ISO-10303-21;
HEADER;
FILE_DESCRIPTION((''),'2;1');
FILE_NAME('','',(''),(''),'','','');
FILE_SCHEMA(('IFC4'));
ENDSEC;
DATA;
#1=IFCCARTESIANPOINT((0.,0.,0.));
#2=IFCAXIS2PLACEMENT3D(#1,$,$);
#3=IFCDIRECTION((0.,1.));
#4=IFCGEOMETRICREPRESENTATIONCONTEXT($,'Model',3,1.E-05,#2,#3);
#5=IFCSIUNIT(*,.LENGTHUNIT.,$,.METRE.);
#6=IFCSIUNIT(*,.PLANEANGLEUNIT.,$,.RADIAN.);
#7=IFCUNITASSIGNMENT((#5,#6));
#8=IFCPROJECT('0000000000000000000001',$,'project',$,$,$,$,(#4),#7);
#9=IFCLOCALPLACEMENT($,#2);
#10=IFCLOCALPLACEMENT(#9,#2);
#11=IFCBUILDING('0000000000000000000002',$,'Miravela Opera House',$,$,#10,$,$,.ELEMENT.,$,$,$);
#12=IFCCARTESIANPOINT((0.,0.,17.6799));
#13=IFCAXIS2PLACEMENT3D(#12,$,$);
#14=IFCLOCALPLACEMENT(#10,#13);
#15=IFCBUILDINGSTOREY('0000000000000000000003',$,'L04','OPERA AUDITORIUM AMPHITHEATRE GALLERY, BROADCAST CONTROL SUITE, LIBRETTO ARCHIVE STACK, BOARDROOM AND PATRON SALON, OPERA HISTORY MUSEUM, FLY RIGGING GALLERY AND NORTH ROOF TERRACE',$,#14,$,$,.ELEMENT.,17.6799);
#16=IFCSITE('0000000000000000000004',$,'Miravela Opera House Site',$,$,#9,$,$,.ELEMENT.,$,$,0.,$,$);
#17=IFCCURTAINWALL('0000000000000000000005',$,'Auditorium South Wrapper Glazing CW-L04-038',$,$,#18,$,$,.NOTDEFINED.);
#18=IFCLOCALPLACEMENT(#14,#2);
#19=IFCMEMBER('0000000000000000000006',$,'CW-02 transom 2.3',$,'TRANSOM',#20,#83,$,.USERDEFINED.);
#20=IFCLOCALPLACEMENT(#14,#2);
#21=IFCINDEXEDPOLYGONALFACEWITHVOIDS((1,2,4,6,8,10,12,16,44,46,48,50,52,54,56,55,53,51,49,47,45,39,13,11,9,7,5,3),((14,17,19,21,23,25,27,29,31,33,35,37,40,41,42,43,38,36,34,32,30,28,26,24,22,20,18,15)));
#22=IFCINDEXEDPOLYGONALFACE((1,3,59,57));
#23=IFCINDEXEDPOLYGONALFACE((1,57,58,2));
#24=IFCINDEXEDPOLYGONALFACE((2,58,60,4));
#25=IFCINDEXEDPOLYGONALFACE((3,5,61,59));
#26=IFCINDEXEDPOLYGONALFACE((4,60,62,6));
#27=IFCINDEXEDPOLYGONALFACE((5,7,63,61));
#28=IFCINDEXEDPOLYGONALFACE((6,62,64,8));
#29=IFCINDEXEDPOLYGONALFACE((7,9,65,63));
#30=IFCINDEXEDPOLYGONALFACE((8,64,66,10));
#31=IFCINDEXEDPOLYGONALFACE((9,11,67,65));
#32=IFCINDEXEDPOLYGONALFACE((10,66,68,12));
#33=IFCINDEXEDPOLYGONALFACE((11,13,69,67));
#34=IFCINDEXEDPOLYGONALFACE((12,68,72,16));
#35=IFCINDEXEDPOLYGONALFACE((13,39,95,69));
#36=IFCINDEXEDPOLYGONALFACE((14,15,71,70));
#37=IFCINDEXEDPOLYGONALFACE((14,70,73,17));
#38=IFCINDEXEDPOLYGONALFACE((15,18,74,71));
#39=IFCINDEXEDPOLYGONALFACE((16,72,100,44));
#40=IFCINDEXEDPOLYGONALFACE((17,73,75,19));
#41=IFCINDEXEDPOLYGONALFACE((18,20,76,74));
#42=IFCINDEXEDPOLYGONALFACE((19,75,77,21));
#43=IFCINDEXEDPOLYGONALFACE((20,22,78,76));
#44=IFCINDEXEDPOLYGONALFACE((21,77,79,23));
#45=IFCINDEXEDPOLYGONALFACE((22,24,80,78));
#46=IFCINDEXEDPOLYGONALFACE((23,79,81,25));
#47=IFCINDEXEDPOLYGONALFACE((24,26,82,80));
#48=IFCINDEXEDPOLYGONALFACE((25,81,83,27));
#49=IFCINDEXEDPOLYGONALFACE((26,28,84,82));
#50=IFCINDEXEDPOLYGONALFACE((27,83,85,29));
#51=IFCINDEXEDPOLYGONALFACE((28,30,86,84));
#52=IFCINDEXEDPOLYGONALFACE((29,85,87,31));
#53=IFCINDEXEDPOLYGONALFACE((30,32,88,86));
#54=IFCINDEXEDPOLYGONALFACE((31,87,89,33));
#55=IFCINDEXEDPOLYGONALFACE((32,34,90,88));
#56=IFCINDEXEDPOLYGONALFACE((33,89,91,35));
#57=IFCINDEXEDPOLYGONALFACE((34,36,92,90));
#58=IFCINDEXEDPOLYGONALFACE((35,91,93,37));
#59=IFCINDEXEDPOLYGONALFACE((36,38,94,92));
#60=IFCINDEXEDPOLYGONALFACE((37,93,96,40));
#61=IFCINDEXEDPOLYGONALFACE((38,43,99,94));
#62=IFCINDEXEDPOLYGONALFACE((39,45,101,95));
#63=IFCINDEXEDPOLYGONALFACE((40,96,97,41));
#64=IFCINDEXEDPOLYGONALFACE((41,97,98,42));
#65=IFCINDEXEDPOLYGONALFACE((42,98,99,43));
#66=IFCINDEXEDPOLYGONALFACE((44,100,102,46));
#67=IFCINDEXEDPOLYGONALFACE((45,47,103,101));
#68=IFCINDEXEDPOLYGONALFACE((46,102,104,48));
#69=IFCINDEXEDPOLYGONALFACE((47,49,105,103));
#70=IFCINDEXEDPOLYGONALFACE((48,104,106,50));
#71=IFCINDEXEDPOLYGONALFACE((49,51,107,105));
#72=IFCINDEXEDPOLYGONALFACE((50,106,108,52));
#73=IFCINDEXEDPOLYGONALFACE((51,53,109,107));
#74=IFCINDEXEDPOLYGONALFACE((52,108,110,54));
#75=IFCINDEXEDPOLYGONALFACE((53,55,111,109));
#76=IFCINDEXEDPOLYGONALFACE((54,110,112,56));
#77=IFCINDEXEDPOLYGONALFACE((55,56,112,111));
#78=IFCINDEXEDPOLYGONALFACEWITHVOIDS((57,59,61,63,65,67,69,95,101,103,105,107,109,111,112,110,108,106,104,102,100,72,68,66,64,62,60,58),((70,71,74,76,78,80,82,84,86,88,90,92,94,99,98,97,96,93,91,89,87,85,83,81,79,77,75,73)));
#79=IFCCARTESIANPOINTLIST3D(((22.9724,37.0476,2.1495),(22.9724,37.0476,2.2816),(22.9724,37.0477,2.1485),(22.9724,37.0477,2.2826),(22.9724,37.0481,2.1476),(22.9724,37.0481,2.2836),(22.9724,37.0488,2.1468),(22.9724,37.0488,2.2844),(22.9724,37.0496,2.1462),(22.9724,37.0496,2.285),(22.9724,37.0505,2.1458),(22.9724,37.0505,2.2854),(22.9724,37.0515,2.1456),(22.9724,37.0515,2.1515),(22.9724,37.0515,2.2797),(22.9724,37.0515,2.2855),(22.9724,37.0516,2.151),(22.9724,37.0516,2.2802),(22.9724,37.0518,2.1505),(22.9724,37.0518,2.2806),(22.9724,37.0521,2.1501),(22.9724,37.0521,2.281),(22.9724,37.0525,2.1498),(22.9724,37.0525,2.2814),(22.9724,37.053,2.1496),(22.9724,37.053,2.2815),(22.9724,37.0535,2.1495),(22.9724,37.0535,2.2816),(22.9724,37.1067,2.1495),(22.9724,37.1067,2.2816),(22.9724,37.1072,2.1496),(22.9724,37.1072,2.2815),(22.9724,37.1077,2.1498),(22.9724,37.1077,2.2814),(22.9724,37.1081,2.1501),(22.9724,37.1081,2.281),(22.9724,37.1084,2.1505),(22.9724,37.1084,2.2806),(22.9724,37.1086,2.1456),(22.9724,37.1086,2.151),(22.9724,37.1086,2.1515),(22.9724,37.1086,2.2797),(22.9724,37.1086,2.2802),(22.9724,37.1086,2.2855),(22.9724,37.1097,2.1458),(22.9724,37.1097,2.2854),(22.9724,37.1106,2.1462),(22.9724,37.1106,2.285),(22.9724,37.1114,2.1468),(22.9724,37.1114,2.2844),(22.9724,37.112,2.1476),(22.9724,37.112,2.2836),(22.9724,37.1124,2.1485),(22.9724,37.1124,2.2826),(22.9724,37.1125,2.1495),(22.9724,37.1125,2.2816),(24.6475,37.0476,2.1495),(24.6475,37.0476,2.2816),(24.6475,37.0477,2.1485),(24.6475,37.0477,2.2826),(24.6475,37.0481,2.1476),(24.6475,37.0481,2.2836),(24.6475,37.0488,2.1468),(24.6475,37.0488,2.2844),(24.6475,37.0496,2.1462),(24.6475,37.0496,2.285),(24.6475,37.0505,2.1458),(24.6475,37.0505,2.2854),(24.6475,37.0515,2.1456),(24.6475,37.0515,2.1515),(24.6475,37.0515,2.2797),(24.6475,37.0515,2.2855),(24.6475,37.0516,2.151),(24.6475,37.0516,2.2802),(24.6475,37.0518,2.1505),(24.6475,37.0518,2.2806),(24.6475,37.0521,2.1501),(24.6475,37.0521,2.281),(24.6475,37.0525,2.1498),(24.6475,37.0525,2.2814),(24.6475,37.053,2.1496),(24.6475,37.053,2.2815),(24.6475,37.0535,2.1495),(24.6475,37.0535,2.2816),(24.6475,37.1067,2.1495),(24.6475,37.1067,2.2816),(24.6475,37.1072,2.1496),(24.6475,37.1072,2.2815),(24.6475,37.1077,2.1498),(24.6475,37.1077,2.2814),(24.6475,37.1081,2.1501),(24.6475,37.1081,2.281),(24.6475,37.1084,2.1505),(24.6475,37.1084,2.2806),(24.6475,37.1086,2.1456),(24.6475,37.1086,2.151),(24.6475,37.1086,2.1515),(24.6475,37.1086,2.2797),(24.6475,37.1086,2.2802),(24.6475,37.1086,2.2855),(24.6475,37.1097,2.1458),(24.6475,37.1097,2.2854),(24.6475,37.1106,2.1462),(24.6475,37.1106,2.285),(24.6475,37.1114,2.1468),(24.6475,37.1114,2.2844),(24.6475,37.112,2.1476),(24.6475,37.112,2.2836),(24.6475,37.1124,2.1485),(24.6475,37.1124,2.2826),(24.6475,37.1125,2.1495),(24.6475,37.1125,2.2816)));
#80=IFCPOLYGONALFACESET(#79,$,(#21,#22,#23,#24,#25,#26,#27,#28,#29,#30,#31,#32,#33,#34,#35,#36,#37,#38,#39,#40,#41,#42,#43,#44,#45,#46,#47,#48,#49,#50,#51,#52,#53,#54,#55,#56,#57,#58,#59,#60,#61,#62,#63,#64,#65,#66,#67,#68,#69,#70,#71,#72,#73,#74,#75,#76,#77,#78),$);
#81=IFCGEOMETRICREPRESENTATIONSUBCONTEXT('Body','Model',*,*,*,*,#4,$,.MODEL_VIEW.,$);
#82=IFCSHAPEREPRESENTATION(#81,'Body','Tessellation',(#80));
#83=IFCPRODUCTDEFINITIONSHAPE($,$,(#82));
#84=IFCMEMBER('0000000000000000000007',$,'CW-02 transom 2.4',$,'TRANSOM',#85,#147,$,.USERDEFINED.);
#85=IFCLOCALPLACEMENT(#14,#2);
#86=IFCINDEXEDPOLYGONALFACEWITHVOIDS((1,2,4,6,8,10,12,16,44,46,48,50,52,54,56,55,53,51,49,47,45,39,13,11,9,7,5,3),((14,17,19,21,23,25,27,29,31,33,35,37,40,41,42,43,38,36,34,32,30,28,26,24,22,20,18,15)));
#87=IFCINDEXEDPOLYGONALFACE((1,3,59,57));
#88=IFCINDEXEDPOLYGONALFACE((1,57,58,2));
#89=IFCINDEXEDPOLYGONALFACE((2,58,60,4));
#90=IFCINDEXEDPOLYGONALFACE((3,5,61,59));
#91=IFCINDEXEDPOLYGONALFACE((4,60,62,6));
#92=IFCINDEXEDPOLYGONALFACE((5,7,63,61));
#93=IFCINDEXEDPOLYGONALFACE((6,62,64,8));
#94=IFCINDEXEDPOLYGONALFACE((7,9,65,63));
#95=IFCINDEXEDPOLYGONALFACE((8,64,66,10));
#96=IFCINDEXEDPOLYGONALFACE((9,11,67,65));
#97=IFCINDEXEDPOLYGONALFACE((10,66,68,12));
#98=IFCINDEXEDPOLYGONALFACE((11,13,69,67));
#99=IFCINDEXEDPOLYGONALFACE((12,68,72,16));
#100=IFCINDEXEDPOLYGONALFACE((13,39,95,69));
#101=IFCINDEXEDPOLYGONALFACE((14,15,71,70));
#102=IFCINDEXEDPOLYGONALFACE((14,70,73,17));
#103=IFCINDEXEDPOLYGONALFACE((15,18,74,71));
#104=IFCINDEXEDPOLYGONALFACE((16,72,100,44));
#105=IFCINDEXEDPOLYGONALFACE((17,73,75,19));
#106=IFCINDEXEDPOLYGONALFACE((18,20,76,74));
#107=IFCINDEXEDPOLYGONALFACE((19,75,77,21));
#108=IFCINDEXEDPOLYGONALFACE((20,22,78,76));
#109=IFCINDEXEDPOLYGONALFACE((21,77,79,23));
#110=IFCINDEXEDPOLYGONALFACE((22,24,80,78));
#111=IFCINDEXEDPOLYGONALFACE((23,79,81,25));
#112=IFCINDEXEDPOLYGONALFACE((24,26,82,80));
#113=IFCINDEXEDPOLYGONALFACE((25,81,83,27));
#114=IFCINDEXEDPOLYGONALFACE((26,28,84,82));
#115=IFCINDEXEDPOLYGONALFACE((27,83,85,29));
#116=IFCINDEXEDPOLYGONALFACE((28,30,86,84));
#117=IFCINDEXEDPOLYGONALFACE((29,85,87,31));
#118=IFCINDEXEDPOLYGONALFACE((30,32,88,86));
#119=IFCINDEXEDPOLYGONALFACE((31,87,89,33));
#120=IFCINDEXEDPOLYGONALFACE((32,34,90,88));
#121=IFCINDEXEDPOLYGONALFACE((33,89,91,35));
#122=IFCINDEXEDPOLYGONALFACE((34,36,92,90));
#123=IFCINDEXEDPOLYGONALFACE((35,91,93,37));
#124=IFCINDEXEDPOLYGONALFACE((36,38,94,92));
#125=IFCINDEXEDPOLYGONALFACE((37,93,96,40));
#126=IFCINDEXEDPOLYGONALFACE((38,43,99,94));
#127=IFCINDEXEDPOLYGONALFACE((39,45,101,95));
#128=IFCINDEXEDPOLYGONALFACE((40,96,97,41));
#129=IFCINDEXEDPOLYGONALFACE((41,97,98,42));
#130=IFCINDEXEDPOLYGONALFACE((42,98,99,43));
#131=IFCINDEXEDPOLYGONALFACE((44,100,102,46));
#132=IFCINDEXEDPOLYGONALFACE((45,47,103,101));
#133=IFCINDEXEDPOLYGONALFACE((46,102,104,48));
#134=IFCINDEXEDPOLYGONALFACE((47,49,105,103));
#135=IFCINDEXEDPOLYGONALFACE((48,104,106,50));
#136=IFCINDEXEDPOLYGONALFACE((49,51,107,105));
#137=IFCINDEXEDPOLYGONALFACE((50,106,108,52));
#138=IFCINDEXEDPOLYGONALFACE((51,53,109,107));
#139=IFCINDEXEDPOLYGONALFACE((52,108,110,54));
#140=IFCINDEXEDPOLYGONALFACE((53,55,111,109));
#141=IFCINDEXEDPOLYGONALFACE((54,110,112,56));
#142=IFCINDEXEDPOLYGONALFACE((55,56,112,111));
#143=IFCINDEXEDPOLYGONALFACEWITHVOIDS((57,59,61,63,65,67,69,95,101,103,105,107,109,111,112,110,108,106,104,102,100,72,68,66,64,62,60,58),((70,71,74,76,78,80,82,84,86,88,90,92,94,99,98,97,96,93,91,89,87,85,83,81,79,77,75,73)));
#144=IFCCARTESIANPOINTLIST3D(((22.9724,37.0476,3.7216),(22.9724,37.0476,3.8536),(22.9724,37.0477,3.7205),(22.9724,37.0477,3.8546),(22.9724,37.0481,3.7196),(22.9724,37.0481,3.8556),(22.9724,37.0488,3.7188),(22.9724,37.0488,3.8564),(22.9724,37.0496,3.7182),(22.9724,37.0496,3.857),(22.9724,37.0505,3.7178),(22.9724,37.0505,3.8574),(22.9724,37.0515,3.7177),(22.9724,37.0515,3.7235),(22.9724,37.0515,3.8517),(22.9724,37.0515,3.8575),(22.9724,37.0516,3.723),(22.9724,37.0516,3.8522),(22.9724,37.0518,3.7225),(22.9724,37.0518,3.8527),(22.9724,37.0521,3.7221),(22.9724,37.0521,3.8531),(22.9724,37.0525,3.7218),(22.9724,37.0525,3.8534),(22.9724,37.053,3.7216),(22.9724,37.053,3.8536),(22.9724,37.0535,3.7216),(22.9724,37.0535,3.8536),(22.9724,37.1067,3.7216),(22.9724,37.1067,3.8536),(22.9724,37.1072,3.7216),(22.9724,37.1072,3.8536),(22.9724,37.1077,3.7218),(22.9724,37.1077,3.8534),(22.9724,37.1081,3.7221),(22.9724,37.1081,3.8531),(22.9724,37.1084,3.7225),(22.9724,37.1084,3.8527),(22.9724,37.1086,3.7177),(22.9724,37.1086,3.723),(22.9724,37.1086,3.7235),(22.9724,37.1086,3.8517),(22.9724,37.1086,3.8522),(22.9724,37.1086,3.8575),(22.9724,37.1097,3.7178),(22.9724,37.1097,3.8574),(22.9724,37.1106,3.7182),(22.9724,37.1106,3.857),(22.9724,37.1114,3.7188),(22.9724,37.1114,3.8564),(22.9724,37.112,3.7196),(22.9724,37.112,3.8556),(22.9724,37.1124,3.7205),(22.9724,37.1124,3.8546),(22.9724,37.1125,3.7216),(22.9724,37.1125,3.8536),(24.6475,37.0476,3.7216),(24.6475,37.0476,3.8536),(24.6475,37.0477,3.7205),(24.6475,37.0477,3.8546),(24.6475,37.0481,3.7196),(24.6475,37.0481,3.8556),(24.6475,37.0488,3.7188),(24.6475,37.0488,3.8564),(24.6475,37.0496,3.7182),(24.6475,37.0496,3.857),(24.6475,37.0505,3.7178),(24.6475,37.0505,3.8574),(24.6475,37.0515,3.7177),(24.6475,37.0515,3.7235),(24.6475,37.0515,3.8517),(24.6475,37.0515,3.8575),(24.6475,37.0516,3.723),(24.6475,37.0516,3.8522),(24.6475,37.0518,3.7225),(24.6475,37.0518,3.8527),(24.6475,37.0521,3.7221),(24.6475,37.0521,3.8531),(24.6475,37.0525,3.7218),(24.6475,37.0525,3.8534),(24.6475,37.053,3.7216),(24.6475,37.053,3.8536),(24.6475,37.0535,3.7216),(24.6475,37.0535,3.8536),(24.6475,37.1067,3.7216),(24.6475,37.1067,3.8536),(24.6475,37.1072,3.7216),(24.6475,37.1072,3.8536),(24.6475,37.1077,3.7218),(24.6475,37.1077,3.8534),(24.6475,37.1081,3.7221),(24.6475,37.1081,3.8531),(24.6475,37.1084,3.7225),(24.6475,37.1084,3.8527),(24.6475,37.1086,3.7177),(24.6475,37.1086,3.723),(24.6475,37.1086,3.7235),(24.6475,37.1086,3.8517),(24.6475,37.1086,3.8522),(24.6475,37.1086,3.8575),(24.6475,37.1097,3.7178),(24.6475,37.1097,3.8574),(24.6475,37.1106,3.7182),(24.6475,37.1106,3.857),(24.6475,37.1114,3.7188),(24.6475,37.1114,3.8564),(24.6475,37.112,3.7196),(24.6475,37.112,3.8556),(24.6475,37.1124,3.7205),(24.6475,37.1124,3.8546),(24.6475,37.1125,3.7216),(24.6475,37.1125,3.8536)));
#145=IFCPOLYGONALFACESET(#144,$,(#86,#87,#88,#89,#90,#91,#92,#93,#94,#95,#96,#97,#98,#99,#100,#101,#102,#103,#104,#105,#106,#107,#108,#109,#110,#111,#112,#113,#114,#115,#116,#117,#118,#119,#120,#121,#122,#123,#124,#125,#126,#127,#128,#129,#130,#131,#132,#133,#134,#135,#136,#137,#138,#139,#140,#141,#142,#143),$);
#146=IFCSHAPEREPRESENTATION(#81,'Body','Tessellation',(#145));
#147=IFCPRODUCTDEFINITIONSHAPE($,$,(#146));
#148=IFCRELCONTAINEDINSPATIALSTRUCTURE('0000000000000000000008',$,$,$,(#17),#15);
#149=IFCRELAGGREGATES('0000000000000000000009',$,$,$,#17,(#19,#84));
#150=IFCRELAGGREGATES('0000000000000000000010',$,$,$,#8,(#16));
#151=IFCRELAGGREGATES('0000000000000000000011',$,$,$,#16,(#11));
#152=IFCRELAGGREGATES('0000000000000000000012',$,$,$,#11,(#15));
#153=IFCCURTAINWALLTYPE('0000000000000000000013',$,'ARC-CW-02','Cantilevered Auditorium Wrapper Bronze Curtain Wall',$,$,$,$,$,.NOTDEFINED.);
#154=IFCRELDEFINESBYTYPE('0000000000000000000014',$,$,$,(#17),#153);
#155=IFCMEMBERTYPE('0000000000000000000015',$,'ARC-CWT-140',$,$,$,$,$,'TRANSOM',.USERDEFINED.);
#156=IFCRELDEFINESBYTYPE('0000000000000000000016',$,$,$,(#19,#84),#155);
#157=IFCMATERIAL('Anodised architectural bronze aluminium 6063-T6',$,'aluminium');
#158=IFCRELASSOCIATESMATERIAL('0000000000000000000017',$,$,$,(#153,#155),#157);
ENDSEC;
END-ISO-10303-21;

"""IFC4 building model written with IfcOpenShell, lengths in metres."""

from ifc_helpers import new_model, si_unit, direction, frame, origin, origin_2d, place, context, subcontext, project, spatial, hollow_rectangle, extrude, material, material_profile, profile_set, type_object, element, aggregate, save


model = new_model("IFC4")

# Units and contexts
model_context = context("Model", 3, precision=1e-05, world=origin(), true_north=direction((0.0, 1.0)))
body_context = subcontext(model_context, "Body", "Model", "MODEL_VIEW")
ifc_project = project(units=[si_unit("LENGTHUNIT", "METRE"), si_unit("PLANEANGLEUNIT", "RADIAN")], contexts=[model_context])

# Site, building, storey
site_placement = place(None, origin())
site = spatial("IfcSite", under=ifc_project, at=site_placement, Name="Miravela Opera House Site", CompositionType="ELEMENT", RefElevation=0.0)
building_placement = place(site_placement, origin())
building = spatial("IfcBuilding", under=site, at=building_placement, Name="Miravela Opera House", CompositionType="ELEMENT")
storey_placement = place(building_placement, frame((0.0, 0.0, 17.6799)))
storey = spatial("IfcBuildingStorey", under=building, at=storey_placement, Name="L04", Description="OPERA AUDITORIUM AMPHITHEATRE GALLERY, BROADCAST CONTROL SUITE, LIBRETTO ARCHIVE STACK, BOARDROOM AND PATRON SALON, OPERA HISTORY MUSEUM, FLY RIGGING GALLERY AND NORTH ROOF TERRACE", CompositionType="ELEMENT", Elevation=17.6799)

# Curtain wall
ifc_material_1 = material(Name="Anodised architectural bronze aluminium 6063-T6", Category="aluminium")
curtain_wall_type = type_object("IfcCurtainWallType", Name="ARC-CW-02", Description="Cantilevered Auditorium Wrapper Bronze Curtain Wall", PredefinedType="NOTDEFINED", material=ifc_material_1)
curtain_wall_1_placement = place(storey_placement, origin())
curtain_wall_1 = element("IfcCurtainWall", 1, at=curtain_wall_1_placement, inside=storey, type_object=curtain_wall_type, Name="Auditorium South Wrapper Glazing CW-L04-038", PredefinedType="NOTDEFINED")

# Members
ifc_material_profile_1 = material_profile(ifc_material_1, hollow_rectangle(XDim=0.0649, YDim=0.1399, WallThickness=0.0039, InnerFilletRadius=0.002, OuterFilletRadius=0.0039, at=origin_2d()), Name="CWT-65X140")
ifc_profile_set_1 = profile_set([ifc_material_profile_1])
member_type_1 = type_object("IfcMemberType", Name="ARC-CWT-140", ElementType="TRANSOM", PredefinedType="USERDEFINED", material=ifc_profile_set_1)
member_1_placement = place(storey_placement, frame((22.9724, 37.0801, 2.2156), z_axis=(1.0, 0.0, 0.0), x_axis=(0.0, 1.0, 0.0)))
member_1 = element("IfcMember", 2, at=member_1_placement, type_object=member_type_1, Name="CW-02 transom 2.3", ObjectType="TRANSOM", PredefinedType="USERDEFINED", context=body_context, shape_type="SweptSolid", body=[
    extrude(hollow_rectangle(XDim=0.0649, YDim=0.1399, WallThickness=0.0039, InnerFilletRadius=0.002, OuterFilletRadius=0.0039, at=origin_2d()), origin(), (0.0, 0.0, 1.0), 1.675),
])
member_2_placement = place(storey_placement, frame((22.9724, 37.0801, 3.7876), z_axis=(1.0, 0.0, 0.0), x_axis=(0.0, 1.0, 0.0)))
member_2 = element("IfcMember", 3, at=member_2_placement, type_object=member_type_1, Name="CW-02 transom 2.4", ObjectType="TRANSOM", PredefinedType="USERDEFINED", context=body_context, shape_type="SweptSolid", body=[
    extrude(hollow_rectangle(XDim=0.0649, YDim=0.1399, WallThickness=0.0039, InnerFilletRadius=0.002, OuterFilletRadius=0.0039, at=origin_2d()), origin(), (0.0, 0.0, 1.0), 1.675),
])

aggregate(curtain_wall_1, [member_1, member_2])

save(model, "model.ifc")
